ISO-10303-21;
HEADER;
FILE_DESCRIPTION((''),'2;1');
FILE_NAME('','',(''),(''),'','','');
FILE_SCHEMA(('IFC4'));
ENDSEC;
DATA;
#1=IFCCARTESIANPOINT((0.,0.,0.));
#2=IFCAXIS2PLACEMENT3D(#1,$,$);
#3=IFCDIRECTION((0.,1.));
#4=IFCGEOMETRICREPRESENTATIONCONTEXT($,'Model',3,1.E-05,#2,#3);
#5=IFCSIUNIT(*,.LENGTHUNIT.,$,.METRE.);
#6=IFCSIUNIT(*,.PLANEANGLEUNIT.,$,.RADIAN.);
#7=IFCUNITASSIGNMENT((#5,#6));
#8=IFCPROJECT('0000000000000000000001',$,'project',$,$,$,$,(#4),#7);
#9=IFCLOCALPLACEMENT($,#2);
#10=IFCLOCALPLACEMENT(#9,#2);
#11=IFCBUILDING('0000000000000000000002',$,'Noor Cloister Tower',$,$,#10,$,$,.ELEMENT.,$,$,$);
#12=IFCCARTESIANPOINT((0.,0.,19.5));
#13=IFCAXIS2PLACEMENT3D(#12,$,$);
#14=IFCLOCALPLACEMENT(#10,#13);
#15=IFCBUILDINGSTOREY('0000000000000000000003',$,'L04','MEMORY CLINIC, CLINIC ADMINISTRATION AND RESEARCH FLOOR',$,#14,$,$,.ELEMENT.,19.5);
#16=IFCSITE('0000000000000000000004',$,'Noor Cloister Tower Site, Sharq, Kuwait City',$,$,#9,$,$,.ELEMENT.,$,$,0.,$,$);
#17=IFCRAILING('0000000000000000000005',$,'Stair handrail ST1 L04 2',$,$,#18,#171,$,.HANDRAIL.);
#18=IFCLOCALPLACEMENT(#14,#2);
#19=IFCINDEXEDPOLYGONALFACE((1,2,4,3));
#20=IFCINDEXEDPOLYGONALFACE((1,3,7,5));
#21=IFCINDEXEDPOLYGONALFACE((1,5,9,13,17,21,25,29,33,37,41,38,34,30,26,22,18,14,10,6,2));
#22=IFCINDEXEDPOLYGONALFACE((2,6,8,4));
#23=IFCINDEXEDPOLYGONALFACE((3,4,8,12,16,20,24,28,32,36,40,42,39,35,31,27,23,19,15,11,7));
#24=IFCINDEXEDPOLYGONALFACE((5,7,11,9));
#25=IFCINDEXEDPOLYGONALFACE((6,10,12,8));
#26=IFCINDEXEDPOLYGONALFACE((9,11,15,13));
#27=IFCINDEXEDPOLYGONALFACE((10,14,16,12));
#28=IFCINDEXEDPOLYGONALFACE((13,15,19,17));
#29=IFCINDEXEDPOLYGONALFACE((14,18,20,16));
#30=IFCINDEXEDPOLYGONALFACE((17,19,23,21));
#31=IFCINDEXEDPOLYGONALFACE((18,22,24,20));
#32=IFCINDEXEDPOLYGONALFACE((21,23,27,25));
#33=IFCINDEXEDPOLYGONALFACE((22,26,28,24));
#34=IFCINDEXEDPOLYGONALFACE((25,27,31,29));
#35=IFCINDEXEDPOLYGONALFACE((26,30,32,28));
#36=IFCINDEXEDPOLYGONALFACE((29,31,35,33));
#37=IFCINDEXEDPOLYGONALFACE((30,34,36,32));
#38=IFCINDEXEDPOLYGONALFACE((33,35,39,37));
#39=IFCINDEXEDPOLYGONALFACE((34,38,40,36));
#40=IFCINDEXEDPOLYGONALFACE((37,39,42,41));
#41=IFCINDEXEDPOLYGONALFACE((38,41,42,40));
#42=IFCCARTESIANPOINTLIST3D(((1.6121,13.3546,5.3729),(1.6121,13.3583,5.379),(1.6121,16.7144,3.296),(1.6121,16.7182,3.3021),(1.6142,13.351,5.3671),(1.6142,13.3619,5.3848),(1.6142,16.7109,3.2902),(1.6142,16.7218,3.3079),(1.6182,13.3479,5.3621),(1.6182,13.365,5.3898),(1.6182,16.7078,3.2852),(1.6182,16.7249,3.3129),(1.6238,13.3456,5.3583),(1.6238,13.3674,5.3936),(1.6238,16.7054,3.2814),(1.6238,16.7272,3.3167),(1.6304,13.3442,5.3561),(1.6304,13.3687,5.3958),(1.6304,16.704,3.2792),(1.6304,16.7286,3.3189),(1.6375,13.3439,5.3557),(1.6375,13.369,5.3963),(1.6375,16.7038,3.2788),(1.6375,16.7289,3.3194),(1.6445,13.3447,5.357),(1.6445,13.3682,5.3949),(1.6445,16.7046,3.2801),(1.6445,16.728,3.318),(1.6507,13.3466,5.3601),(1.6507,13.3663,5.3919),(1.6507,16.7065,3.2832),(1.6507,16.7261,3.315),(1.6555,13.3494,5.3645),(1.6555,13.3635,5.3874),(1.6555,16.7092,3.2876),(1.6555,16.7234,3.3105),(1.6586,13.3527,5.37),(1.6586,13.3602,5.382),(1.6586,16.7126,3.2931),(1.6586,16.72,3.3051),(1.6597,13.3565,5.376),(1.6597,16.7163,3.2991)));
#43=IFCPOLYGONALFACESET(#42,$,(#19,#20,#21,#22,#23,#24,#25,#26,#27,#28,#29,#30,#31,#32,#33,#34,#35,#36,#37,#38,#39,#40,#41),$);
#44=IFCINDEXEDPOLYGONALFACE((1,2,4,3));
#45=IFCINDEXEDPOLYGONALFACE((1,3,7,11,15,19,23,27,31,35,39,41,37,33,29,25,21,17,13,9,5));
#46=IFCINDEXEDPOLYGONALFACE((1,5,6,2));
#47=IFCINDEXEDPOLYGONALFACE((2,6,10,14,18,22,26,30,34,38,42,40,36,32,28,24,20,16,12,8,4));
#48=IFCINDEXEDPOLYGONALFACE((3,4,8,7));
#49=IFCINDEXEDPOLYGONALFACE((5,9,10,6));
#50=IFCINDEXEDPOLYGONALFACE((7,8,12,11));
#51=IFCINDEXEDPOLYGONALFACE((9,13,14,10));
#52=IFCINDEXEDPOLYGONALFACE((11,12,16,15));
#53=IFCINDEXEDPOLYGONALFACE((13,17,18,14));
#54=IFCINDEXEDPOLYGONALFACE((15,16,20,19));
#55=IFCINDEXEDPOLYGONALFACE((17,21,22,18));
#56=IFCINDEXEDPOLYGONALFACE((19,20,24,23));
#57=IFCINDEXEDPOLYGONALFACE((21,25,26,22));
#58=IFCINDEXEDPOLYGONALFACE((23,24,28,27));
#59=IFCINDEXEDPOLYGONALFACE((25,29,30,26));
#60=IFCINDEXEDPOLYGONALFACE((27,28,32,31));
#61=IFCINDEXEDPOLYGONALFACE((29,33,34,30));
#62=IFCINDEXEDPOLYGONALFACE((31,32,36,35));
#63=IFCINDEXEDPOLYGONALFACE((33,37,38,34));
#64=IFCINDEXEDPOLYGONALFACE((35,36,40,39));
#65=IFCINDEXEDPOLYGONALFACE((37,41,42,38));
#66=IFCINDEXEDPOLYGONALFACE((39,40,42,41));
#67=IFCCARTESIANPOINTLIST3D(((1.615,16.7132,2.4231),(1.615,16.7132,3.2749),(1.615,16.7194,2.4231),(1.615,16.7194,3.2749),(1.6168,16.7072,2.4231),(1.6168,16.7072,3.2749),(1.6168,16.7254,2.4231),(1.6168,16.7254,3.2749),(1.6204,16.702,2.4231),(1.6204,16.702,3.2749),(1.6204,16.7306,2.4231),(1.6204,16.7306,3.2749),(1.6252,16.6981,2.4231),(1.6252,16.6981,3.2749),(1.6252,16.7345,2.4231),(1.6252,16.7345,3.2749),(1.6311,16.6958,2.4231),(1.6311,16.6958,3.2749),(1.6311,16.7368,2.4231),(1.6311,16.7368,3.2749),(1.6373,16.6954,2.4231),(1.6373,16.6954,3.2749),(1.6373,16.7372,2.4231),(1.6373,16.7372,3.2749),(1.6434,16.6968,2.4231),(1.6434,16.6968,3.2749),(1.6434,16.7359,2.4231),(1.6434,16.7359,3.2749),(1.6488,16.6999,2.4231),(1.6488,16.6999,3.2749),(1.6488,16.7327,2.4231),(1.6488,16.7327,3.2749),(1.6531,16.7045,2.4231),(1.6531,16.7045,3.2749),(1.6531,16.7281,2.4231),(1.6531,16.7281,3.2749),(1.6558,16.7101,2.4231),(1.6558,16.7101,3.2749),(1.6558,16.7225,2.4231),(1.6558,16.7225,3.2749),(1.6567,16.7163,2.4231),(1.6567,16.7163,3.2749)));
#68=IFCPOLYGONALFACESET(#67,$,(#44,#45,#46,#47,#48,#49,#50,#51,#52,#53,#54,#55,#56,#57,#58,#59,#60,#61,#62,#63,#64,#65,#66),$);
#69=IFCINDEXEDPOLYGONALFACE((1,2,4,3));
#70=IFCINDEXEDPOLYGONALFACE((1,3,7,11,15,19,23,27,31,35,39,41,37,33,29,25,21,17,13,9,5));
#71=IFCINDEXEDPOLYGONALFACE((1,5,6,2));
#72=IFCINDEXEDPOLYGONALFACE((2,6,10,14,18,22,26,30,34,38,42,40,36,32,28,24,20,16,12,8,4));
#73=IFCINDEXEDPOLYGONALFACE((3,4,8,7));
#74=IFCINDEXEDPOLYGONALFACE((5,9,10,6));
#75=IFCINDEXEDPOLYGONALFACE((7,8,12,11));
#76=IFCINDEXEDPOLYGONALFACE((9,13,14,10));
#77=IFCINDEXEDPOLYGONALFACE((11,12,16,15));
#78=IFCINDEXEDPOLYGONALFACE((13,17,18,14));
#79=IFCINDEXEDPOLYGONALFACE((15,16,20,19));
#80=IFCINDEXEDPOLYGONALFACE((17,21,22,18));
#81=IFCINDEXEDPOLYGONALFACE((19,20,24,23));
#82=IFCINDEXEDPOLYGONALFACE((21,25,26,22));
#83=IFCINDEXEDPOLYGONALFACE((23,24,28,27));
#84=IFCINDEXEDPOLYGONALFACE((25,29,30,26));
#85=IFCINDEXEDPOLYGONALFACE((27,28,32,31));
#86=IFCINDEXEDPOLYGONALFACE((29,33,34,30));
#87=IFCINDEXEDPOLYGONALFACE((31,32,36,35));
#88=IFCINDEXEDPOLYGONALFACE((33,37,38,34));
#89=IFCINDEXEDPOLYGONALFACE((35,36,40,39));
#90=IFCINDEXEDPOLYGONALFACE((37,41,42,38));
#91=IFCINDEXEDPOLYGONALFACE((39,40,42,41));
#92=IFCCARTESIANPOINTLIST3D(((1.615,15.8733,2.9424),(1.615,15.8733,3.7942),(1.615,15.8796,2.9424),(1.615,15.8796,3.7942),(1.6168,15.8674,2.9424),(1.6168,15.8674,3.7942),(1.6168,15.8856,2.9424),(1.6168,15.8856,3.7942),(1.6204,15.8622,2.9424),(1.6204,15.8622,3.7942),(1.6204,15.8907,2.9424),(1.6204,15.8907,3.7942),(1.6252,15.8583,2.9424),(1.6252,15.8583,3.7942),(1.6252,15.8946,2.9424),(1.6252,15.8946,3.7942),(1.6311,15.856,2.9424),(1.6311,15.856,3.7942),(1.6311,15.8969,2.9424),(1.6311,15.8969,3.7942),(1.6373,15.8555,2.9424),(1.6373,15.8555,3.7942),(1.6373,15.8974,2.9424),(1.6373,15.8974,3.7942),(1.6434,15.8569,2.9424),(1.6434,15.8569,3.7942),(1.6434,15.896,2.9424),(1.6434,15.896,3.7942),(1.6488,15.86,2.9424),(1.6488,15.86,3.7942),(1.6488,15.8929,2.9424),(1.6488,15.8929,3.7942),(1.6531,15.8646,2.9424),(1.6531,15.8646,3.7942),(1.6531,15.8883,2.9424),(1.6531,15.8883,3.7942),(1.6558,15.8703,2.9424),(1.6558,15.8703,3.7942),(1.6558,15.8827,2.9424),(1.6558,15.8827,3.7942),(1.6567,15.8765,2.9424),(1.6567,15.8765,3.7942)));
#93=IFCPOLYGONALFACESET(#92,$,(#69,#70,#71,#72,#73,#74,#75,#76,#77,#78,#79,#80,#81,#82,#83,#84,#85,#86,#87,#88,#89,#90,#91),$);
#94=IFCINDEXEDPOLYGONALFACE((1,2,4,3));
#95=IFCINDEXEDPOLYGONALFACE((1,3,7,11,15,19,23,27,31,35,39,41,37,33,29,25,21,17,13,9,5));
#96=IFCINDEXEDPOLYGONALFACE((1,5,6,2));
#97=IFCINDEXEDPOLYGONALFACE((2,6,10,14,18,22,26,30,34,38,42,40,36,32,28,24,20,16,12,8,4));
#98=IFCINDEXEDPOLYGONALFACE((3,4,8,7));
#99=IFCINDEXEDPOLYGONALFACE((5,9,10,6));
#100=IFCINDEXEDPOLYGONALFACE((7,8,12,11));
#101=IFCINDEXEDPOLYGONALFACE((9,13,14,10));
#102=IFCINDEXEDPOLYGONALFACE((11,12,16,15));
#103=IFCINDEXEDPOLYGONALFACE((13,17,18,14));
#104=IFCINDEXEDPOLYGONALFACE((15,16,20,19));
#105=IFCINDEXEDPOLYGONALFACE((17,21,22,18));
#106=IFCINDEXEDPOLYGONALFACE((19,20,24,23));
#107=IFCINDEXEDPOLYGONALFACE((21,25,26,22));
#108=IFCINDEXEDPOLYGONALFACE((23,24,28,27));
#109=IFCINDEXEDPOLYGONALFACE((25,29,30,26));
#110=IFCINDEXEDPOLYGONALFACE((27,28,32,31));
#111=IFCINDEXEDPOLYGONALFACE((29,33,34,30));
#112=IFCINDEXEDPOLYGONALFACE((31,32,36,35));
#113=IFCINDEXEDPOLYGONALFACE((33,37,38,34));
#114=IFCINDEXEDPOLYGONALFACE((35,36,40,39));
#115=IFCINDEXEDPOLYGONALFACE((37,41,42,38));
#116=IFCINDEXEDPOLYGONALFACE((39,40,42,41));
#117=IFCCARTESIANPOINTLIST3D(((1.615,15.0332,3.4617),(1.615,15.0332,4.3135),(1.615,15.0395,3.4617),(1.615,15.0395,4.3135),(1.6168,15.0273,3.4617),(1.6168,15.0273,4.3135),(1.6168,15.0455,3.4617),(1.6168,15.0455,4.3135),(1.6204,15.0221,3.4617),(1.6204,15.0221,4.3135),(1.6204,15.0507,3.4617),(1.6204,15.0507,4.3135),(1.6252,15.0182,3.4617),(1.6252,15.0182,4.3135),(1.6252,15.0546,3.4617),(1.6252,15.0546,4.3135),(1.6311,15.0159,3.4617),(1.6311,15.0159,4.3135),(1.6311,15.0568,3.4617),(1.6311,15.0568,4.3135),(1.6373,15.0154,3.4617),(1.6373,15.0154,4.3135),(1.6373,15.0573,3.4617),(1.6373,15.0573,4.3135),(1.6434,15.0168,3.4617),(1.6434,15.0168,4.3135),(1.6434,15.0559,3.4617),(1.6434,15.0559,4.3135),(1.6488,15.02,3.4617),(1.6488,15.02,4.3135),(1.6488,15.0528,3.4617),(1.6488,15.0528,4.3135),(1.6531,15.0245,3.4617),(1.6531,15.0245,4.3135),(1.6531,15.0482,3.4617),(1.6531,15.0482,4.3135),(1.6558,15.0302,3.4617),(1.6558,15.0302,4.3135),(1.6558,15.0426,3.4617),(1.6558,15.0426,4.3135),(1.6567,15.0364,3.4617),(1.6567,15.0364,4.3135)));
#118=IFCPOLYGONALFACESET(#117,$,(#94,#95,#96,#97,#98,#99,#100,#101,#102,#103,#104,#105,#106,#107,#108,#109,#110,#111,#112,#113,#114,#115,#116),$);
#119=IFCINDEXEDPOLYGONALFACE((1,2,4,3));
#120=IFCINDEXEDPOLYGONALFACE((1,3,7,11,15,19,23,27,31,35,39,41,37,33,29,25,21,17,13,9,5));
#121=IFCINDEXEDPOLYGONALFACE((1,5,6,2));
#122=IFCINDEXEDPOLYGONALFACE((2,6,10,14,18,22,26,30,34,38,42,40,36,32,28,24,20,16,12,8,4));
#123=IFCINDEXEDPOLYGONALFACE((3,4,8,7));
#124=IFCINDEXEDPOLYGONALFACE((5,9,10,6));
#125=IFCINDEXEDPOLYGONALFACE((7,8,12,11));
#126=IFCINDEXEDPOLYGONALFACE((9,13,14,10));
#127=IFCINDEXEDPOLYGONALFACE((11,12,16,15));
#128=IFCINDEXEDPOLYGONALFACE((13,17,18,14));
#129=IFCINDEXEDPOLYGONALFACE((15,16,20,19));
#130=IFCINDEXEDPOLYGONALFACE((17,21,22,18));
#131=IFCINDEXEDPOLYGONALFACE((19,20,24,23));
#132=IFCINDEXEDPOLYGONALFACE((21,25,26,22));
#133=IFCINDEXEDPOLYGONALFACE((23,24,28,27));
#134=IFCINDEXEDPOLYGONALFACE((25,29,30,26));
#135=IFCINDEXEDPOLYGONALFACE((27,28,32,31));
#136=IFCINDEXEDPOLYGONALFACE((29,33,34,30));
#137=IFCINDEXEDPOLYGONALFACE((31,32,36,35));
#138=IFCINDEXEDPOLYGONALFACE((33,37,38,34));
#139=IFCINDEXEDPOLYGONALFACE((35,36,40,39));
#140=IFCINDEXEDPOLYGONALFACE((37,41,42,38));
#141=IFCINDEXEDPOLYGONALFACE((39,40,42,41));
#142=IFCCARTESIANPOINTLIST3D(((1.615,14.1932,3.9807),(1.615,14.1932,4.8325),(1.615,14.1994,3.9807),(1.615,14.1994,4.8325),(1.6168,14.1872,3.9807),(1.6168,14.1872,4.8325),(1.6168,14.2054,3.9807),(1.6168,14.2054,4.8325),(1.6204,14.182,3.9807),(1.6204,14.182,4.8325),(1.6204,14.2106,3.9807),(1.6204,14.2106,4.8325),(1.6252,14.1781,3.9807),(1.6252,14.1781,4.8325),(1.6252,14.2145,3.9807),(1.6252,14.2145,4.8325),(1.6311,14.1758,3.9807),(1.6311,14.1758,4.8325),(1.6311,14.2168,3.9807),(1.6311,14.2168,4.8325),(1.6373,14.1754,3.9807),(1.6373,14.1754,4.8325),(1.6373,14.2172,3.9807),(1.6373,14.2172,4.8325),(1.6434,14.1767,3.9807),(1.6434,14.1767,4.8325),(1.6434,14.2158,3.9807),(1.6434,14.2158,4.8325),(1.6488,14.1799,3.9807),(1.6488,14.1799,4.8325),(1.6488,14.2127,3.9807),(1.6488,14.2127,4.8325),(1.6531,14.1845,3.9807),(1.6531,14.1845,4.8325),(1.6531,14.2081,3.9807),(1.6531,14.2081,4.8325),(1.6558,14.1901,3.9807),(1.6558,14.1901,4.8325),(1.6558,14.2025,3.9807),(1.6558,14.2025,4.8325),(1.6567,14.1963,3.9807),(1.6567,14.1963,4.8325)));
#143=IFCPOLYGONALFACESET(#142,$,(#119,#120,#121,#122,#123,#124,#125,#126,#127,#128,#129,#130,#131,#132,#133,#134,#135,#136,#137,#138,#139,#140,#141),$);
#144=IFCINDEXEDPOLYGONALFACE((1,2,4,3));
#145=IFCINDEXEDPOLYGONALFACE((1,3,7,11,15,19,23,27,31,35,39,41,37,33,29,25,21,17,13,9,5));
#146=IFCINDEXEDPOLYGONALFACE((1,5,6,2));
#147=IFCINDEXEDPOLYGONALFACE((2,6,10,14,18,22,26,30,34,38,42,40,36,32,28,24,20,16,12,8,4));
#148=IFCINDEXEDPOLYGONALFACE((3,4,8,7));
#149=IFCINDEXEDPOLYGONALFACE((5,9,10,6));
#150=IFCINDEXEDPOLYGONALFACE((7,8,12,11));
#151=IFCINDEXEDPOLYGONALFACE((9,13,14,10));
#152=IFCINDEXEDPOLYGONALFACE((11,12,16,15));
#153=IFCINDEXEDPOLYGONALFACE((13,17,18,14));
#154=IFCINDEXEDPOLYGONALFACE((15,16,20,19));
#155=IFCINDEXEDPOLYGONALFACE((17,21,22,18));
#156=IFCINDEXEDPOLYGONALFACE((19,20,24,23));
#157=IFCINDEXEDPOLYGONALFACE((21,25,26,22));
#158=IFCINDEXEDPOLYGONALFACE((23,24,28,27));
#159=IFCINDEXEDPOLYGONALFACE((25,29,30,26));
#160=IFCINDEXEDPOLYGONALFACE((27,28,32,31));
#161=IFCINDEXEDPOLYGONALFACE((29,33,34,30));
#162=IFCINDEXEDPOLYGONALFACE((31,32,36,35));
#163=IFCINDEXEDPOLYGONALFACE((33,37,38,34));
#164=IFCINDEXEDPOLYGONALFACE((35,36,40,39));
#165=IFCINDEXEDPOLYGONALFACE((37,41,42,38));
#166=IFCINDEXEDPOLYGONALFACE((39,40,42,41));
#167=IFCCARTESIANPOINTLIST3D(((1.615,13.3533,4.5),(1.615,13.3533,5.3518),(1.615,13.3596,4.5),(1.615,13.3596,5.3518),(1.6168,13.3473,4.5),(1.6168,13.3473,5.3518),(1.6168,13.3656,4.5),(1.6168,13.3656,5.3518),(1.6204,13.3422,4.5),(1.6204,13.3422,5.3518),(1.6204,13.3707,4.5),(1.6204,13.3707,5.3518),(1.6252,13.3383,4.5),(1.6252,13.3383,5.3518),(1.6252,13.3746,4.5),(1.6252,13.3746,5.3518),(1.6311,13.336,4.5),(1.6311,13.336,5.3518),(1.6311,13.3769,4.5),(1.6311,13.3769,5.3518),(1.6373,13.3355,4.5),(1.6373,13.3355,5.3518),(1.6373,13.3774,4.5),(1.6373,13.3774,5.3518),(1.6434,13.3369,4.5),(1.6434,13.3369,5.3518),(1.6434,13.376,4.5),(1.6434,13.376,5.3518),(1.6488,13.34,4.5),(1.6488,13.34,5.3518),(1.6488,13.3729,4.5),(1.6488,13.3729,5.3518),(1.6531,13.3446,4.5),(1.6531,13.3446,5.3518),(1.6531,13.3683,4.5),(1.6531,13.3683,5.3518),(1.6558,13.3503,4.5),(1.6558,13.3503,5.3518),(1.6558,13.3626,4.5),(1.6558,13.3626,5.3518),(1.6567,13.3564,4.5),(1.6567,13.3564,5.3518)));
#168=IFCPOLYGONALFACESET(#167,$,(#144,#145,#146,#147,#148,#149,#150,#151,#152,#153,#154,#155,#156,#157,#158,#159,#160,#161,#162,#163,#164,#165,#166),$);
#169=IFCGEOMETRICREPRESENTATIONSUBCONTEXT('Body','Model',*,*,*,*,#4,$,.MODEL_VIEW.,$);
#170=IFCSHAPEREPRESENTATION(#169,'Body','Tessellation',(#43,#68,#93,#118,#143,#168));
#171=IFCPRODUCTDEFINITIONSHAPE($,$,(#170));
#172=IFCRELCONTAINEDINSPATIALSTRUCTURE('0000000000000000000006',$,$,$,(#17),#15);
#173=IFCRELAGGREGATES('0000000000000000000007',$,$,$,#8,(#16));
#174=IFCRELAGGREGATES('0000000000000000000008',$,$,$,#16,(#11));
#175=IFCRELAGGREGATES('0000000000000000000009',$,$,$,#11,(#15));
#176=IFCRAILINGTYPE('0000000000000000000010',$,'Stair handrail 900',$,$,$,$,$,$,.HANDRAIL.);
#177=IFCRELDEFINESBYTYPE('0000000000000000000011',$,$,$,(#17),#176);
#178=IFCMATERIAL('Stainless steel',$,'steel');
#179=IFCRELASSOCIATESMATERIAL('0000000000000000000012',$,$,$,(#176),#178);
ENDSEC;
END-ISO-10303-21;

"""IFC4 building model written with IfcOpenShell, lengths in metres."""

from ifc_helpers import new_model, si_unit, direction, frame, origin, origin_2d, place, context, subcontext, project, spatial, circle, extrude, material, type_object, element, save


model = new_model("IFC4")

# Units and contexts
model_context = context("Model", 3, precision=1e-05, world=origin(), true_north=direction((0.0, 1.0)))
body_context = subcontext(model_context, "Body", "Model", "MODEL_VIEW")
ifc_project = project(units=[si_unit("LENGTHUNIT", "METRE"), si_unit("PLANEANGLEUNIT", "RADIAN")], contexts=[model_context])

# Site, building, storey
site_placement = place(None, origin())
site = spatial("IfcSite", under=ifc_project, at=site_placement, Name="Noor Cloister Tower Site, Sharq, Kuwait City", CompositionType="ELEMENT", RefElevation=0.0)
building_placement = place(site_placement, origin())
building = spatial("IfcBuilding", under=site, at=building_placement, Name="Noor Cloister Tower", CompositionType="ELEMENT")
storey_placement = place(building_placement, frame((0.0, 0.0, 19.5)))
storey = spatial("IfcBuildingStorey", under=building, at=storey_placement, Name="L04", Description="MEMORY CLINIC, CLINIC ADMINISTRATION AND RESEARCH FLOOR", CompositionType="ELEMENT", Elevation=19.5)

# Railing
ifc_material_1 = material(Name="Stainless steel", Category="steel")
railing_type_1 = type_object("IfcRailingType", Name="Stair handrail 900", PredefinedType="HANDRAIL", material=ifc_material_1)
railing_1_placement = place(storey_placement, frame((1.6357, 16.7163, 2.4231)))
element("IfcRailing", 1, at=railing_1_placement, inside=storey, type_object=railing_type_1, Name="Stair handrail ST1 L04 2", PredefinedType="HANDRAIL", context=body_context, shape_type="SweptSolid", body=[
    extrude(circle(Radius=0.0239, at=origin_2d()), frame((0.0, 0.0, 0.876), z_axis=(0.0, -0.850606, 0.525803), x_axis=(1.0, 0.0, 0.0)), (0.0, 0.0, 1.0), 3.95),
    extrude(circle(Radius=0.021, at=origin_2d()), origin(), (0.0, 0.0, 1.0), 0.8518),
    extrude(circle(Radius=0.021, at=origin_2d()), frame((0.0, -0.8398, 0.5193)), (0.0, 0.0, 1.0), 0.8518),
    extrude(circle(Radius=0.021, at=origin_2d()), frame((0.0, -1.6799, 1.0386)), (0.0, 0.0, 1.0), 0.8518),
    extrude(circle(Radius=0.021, at=origin_2d()), frame((0.0, -2.52, 1.5576)), (0.0, 0.0, 1.0), 0.8518),
    extrude(circle(Radius=0.021, at=origin_2d()), frame((0.0, -3.3599, 2.0769)), (0.0, 0.0, 1.0), 0.8518),
])

save(model, "model.ifc")
